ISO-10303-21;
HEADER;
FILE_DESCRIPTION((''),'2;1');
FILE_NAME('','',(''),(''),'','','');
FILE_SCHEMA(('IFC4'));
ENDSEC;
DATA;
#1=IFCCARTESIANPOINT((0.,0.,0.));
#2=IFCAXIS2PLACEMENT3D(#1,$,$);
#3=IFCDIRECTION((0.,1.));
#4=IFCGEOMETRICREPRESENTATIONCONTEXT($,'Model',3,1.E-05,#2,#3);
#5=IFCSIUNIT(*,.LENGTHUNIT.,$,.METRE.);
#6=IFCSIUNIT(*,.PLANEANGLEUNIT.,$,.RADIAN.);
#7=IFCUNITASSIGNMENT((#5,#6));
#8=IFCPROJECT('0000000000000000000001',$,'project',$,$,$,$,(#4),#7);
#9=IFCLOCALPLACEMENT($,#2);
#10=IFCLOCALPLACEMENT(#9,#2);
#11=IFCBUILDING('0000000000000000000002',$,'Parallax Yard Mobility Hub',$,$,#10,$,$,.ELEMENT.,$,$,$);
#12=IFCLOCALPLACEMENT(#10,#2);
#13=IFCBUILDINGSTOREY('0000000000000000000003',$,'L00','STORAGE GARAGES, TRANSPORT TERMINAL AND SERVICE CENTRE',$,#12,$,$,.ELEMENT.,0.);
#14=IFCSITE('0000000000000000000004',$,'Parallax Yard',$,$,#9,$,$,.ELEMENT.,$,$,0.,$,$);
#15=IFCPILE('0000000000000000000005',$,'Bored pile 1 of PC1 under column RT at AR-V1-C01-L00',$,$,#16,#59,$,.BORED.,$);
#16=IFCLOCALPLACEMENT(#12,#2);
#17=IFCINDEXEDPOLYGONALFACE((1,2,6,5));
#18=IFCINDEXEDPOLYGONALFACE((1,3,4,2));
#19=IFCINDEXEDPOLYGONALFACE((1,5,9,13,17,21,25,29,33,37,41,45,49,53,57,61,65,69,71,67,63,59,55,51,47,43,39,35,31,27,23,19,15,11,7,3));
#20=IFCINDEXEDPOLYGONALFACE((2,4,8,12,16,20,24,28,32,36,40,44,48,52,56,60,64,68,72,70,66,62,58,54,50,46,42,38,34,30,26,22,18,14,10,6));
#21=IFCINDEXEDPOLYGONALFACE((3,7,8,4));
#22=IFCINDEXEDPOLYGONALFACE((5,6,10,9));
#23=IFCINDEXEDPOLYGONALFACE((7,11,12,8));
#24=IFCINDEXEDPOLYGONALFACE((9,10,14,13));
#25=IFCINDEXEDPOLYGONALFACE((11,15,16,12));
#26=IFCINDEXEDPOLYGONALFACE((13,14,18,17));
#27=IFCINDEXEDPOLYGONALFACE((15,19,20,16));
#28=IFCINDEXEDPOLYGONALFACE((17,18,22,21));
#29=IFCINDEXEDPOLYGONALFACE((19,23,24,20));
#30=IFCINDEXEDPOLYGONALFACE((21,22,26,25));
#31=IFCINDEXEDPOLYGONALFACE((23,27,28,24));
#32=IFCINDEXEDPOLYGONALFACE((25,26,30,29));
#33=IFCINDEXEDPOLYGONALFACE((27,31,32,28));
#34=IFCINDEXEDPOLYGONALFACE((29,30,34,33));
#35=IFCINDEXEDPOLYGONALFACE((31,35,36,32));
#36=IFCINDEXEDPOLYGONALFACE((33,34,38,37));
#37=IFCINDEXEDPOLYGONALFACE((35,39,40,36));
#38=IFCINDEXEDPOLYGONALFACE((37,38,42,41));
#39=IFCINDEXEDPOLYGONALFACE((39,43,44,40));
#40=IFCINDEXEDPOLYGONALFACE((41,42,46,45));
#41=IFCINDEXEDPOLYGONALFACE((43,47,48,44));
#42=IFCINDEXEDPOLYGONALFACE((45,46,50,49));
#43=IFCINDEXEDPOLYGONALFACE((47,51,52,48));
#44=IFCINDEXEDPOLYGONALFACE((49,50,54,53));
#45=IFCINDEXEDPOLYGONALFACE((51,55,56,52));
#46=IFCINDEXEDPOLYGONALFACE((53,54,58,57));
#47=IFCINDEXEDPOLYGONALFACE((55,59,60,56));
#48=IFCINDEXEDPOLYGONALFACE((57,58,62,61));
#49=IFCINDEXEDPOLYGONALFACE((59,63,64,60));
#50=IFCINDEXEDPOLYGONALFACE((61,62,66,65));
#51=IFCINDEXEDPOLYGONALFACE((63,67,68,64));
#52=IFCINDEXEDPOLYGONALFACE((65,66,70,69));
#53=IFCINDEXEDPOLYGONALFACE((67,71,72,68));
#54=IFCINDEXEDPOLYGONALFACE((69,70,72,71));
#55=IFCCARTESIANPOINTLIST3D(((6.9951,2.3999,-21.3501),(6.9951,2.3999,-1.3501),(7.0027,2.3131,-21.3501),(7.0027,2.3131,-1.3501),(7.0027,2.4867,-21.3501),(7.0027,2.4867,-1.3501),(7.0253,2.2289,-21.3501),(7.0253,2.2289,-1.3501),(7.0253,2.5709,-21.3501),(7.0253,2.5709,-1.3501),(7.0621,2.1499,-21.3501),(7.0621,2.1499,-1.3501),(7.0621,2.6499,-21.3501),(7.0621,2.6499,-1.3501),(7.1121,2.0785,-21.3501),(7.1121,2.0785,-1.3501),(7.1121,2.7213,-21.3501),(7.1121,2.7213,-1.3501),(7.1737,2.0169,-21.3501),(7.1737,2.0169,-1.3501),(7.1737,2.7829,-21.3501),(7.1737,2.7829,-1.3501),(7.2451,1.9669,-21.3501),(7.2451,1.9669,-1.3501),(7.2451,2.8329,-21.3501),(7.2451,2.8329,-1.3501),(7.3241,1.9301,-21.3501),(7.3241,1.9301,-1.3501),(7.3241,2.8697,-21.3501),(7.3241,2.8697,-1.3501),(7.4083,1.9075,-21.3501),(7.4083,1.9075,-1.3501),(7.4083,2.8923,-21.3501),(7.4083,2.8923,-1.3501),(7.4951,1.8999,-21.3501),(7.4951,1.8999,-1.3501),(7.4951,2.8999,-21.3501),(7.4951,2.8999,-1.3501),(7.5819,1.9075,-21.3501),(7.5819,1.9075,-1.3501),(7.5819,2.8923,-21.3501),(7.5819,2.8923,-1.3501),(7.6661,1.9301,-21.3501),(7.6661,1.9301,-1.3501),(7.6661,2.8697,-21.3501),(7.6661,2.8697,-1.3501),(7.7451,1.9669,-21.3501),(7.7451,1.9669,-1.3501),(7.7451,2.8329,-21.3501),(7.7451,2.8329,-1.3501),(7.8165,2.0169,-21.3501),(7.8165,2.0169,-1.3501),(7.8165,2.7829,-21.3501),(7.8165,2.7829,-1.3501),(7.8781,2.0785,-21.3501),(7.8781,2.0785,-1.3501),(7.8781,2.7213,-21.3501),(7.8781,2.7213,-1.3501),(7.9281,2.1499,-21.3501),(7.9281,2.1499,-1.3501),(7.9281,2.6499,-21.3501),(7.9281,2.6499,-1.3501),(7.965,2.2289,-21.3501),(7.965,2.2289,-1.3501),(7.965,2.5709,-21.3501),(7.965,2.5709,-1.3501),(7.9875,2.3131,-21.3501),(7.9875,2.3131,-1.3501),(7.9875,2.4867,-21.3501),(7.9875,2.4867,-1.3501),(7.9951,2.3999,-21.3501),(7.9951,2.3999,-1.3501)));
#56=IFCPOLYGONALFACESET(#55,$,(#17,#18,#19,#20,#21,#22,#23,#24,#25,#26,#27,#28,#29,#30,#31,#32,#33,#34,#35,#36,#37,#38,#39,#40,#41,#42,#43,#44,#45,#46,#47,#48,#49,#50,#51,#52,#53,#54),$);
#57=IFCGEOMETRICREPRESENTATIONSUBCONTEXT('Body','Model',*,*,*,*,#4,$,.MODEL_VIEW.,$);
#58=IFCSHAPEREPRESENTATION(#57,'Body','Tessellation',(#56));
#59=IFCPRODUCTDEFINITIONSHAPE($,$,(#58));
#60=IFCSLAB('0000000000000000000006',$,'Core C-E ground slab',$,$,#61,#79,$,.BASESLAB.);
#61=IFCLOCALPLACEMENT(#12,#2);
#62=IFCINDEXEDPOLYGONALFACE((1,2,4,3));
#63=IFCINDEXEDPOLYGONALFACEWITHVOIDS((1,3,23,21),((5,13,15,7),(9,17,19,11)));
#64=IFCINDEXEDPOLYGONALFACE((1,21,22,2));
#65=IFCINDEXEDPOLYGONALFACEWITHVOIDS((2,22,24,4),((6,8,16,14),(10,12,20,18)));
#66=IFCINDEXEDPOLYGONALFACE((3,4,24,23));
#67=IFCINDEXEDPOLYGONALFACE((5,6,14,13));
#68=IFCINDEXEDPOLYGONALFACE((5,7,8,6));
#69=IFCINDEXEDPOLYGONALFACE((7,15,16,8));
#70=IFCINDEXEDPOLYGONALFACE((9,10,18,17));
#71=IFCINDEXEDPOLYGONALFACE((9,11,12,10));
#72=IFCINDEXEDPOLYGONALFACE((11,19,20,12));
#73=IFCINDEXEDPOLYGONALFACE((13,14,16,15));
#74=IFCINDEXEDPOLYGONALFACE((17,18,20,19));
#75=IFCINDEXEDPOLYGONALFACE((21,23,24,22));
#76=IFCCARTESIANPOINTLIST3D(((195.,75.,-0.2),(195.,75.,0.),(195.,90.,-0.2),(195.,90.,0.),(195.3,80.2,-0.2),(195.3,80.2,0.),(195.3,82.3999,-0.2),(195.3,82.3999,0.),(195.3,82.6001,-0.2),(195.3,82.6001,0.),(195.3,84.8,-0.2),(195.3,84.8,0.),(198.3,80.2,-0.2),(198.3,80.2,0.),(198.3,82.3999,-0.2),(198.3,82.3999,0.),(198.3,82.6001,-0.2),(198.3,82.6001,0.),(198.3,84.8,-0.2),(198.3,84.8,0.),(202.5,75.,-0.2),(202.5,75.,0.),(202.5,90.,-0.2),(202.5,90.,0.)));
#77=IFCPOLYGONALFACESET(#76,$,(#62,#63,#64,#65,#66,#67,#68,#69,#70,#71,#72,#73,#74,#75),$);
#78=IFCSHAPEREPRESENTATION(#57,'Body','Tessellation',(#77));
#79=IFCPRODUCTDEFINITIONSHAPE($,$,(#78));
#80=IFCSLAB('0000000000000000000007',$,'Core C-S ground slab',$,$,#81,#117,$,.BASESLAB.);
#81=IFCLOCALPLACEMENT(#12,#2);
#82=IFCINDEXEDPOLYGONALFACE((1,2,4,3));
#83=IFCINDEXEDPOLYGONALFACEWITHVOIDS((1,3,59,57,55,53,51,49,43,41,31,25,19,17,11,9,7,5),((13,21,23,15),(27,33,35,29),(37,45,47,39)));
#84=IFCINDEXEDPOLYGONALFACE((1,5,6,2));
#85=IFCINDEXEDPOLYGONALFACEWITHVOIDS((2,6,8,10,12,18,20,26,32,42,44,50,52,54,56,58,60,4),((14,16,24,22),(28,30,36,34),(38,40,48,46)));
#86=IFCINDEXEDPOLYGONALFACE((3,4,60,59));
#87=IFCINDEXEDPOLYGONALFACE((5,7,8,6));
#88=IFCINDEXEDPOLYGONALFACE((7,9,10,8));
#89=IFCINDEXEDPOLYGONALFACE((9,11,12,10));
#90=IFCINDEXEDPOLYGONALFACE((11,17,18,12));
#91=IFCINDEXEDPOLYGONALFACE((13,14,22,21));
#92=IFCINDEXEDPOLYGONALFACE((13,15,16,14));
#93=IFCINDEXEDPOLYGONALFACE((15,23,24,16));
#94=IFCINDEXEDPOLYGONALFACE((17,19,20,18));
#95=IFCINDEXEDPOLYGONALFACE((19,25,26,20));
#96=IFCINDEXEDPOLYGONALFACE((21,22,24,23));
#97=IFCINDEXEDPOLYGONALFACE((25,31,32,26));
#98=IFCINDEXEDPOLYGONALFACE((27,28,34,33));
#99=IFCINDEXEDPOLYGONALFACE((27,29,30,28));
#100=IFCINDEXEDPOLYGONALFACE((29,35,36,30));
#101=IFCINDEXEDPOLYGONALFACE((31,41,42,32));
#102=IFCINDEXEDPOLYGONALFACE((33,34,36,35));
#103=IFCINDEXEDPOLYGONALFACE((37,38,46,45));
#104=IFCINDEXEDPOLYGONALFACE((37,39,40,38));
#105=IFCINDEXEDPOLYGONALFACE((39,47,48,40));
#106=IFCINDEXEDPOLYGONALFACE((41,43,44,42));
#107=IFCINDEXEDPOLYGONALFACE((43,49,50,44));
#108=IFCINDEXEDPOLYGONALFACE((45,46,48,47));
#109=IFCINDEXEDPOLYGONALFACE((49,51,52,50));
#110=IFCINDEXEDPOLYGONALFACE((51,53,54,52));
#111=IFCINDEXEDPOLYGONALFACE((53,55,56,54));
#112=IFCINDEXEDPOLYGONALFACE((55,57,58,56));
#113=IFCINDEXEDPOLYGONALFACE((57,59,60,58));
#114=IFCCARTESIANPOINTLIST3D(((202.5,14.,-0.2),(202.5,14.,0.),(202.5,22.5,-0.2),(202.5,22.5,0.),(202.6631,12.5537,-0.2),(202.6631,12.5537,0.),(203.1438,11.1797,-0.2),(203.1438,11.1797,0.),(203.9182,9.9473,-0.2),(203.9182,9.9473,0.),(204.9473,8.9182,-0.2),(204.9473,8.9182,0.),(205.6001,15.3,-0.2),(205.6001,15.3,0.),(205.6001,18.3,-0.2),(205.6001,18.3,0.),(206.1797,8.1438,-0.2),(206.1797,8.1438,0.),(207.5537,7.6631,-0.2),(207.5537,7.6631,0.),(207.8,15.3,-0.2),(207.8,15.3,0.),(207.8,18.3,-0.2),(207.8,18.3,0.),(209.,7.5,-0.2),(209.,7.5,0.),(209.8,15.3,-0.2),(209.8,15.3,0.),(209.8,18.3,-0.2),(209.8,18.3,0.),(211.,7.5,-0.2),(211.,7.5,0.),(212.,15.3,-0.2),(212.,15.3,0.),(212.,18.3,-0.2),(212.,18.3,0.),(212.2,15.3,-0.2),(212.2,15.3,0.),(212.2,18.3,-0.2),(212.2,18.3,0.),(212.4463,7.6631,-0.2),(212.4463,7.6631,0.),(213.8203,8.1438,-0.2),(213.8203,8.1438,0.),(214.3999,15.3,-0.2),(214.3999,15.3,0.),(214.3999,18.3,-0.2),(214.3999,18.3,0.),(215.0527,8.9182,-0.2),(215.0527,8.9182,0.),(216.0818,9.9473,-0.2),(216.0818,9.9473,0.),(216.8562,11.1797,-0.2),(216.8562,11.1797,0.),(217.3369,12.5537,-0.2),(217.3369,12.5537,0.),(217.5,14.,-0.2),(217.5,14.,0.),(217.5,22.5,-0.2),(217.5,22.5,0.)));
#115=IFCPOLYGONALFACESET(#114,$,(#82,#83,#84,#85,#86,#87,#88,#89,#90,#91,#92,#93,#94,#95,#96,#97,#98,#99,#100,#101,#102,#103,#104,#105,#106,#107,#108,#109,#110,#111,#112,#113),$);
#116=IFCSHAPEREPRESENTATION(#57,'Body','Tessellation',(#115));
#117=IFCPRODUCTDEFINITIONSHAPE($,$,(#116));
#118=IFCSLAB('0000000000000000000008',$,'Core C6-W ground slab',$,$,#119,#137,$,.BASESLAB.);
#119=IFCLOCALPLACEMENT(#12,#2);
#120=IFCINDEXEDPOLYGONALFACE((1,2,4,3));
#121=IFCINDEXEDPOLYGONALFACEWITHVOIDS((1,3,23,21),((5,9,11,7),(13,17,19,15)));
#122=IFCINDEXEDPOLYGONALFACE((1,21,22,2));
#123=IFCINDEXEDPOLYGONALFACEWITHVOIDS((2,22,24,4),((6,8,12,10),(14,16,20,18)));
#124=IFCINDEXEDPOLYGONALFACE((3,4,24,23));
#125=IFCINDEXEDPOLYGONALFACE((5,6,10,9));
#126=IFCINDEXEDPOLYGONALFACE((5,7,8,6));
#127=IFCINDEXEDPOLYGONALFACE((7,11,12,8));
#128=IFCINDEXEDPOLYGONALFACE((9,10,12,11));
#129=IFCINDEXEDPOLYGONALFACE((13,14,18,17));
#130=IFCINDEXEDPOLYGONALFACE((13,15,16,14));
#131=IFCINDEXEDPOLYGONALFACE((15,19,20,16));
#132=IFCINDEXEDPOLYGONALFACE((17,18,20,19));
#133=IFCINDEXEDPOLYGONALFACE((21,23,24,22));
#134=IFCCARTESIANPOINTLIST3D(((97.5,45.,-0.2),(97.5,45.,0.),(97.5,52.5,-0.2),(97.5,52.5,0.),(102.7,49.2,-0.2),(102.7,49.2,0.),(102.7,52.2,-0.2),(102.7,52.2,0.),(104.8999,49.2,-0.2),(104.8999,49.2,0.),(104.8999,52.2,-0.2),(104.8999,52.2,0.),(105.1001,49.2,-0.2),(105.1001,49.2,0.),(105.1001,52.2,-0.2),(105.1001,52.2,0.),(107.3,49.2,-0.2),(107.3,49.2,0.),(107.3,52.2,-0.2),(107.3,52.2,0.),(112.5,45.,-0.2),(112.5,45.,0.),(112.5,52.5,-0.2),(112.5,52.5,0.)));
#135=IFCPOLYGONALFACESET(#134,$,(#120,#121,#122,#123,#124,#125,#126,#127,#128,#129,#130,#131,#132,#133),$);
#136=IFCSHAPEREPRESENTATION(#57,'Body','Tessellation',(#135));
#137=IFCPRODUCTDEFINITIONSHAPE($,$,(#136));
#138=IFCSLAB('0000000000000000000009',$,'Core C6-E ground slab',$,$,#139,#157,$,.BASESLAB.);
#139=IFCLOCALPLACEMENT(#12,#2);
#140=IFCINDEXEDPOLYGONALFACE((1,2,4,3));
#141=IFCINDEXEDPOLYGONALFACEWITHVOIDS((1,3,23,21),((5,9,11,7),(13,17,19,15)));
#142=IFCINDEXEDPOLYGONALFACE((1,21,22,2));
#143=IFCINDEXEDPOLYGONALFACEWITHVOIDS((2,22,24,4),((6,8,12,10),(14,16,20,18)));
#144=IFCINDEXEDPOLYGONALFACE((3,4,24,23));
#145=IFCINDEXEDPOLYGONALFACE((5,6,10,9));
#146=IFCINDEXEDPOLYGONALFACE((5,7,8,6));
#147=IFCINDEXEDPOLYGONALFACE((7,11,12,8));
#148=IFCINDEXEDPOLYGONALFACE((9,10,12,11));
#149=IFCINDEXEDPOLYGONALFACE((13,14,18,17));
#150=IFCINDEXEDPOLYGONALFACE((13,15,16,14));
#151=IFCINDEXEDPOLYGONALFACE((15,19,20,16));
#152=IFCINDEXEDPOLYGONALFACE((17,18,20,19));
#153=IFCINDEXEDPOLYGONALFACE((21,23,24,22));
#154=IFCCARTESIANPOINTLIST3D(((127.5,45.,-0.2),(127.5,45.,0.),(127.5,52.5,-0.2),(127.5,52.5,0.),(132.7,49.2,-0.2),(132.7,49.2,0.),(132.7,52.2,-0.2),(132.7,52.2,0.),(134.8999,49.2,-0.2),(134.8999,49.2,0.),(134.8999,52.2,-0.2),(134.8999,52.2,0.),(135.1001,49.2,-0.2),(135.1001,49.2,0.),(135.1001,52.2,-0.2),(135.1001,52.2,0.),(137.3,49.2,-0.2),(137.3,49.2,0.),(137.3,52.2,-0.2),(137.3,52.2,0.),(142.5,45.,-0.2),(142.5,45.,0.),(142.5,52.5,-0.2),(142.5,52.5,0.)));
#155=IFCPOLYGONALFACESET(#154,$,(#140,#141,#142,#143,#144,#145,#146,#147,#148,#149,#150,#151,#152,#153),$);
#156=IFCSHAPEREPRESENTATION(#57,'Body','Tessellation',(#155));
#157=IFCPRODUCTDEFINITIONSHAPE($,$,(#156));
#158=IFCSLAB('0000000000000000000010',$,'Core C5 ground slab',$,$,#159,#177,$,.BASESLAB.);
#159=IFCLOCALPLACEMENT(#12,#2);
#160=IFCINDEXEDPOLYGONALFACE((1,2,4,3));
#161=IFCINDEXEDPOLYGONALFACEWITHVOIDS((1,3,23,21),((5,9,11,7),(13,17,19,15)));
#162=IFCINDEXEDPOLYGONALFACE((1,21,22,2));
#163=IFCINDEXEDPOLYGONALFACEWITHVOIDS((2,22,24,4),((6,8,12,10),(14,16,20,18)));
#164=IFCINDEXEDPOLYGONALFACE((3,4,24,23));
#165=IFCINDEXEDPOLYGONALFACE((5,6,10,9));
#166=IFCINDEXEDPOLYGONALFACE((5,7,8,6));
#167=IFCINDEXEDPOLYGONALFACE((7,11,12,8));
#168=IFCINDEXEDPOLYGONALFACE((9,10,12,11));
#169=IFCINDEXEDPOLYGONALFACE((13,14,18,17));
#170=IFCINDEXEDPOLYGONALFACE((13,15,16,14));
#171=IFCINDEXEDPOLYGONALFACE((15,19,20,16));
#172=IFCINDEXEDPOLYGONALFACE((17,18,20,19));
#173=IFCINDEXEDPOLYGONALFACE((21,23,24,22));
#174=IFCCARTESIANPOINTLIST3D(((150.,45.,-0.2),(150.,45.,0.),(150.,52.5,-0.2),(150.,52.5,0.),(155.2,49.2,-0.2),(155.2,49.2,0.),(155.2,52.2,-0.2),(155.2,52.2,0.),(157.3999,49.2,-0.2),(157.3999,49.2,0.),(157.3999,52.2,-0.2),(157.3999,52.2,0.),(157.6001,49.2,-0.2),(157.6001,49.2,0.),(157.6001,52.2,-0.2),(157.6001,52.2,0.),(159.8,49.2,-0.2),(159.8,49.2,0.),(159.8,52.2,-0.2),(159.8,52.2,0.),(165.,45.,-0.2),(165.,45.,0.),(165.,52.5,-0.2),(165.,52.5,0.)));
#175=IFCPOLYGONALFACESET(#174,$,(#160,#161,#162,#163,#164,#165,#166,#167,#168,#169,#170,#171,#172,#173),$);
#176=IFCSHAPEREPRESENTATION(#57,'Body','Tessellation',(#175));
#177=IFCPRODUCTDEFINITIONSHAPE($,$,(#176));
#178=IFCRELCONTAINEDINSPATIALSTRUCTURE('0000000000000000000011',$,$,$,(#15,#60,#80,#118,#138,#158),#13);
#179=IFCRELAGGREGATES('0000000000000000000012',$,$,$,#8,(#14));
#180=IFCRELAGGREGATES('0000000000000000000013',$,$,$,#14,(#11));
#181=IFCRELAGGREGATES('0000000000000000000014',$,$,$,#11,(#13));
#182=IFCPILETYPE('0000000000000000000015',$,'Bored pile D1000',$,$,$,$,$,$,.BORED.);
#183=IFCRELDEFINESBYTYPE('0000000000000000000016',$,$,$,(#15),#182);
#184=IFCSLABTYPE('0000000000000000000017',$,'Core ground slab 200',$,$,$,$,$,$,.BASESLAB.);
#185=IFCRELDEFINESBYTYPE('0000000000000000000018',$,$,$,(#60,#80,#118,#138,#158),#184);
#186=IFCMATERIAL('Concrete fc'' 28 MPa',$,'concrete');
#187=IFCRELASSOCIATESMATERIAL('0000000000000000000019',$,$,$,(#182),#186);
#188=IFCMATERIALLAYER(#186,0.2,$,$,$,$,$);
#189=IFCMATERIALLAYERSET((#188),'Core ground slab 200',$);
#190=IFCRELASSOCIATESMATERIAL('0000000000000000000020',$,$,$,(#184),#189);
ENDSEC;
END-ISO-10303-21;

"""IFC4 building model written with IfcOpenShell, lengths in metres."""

from ifc_helpers import new_model, si_unit, direction, frame, origin, origin_2d, place, context, subcontext, project, spatial, polyline, circle, outline, extrude, material, layer, layer_set, material_profile, profile_set, type_object, element, save


model = new_model("IFC4")

# Units and contexts
model_context = context("Model", 3, precision=1e-05, world=origin(), true_north=direction((0.0, 1.0)))
body_context = subcontext(model_context, "Body", "Model", "MODEL_VIEW")
ifc_project = project(units=[si_unit("LENGTHUNIT", "METRE"), si_unit("PLANEANGLEUNIT", "RADIAN")], contexts=[model_context])

# Site, building, storey
site_placement = place(None, origin())
site = spatial("IfcSite", under=ifc_project, at=site_placement, Name="Parallax Yard", CompositionType="ELEMENT", RefElevation=0.0)
building_placement = place(site_placement, origin())
building = spatial("IfcBuilding", under=site, at=building_placement, Name="Parallax Yard Mobility Hub", CompositionType="ELEMENT")
storey_placement = place(building_placement, origin())
storey = spatial("IfcBuildingStorey", under=building, at=storey_placement, Name="L00", Description="STORAGE GARAGES, TRANSPORT TERMINAL AND SERVICE CENTRE", CompositionType="ELEMENT", Elevation=0.0)

# Pile
ifc_material_1 = material(Name="Concrete fc' 28 MPa", Category="concrete")
ifc_material_profile = material_profile(ifc_material_1, circle(Radius=0.5, at=origin_2d()), Name="Bored pile D1000")
ifc_profile_set = profile_set([ifc_material_profile], Name="Concrete fc' 28 MPa")
pile_type = type_object("IfcPileType", Name="Bored pile D1000", PredefinedType="BORED", material=ifc_profile_set)
pile_placement = place(storey_placement, frame((7.4951, 2.3999, -1.3501), z_axis=(0.0, 0.0, -1.0), x_axis=(1.0, 0.0, 0.0)))
element("IfcPile", 1, at=pile_placement, inside=storey, type_object=pile_type, Name="Bored pile 1 of PC1 under column RT at AR-V1-C01-L00", PredefinedType="BORED", context=body_context, shape_type="SweptSolid", body=[
    extrude(circle(Radius=0.5, at=origin_2d()), origin(), (0.0, 0.0, 1.0), 20.0),
])

# Slabs
ifc_layer_1 = layer(ifc_material_1, 0.2)
ifc_layer_set_1 = layer_set([ifc_layer_1], Name="Core ground slab 200")
slab_type_1 = type_object("IfcSlabType", Name="Core ground slab 200", PredefinedType="BASESLAB", material=ifc_layer_set_1)
slab_1_placement = place(storey_placement, frame((0.0, 0.0, -0.2)))
element("IfcSlab", 2, at=slab_1_placement, inside=storey, type_object=slab_type_1, Name="Core C-E ground slab", PredefinedType="BASESLAB", context=body_context, shape_type="SweptSolid", body=[
    extrude(outline(polyline([(195.0, 75.0), (195.0, 90.0), (202.5, 90.0), (202.5, 75.0), (195.0, 75.0)]), holes=[polyline([(195.3, 80.2), (198.3, 80.2), (198.3, 82.3999), (195.3, 82.3999), (195.3, 80.2)]), polyline([(195.3, 84.8), (195.3, 82.6001), (198.3, 82.6001), (198.3, 84.8), (195.3, 84.8)])]), origin(), (0.0, 0.0, 1.0), 0.2),
])
slab_2_placement = place(storey_placement, frame((0.0, 0.0, -0.2)))
element("IfcSlab", 3, at=slab_2_placement, inside=storey, type_object=slab_type_1, Name="Core C-S ground slab", PredefinedType="BASESLAB", context=body_context, shape_type="SweptSolid", body=[
    extrude(outline(polyline([(217.3369, 12.5537), (216.8562, 11.1797), (216.0818, 9.9473), (215.0527, 8.9182), (213.8203, 8.1438), (212.4463, 7.6631), (211.0, 7.5), (209.0, 7.5), (207.5537, 7.6631), (206.1797, 8.1438), (204.9473, 8.9182), (203.9182, 9.9473), (203.1438, 11.1797), (202.6631, 12.5537), (202.5, 14.0), (202.5, 22.5), (217.5, 22.5), (217.5, 14.0), (217.3369, 12.5537)]), holes=[polyline([(214.3999, 18.3), (212.2, 18.3), (212.2, 15.3), (214.3999, 15.3), (214.3999, 18.3)]), polyline([(212.0, 15.3), (212.0, 18.3), (209.8, 18.3), (209.8, 15.3), (212.0, 15.3)]), polyline([(205.6001, 15.3), (207.8, 15.3), (207.8, 18.3), (205.6001, 18.3), (205.6001, 15.3)])]), origin(), (0.0, 0.0, 1.0), 0.2),
])
slab_3_placement = place(storey_placement, frame((0.0, 0.0, -0.2)))
element("IfcSlab", 4, at=slab_3_placement, inside=storey, type_object=slab_type_1, Name="Core C6-W ground slab", PredefinedType="BASESLAB", context=body_context, shape_type="SweptSolid", body=[
    extrude(outline(polyline([(97.5, 52.5), (112.5, 52.5), (112.5, 45.0), (97.5, 45.0), (97.5, 52.5)]), holes=[polyline([(102.7, 52.2), (102.7, 49.2), (104.8999, 49.2), (104.8999, 52.2), (102.7, 52.2)]), polyline([(107.3, 52.2), (105.1001, 52.2), (105.1001, 49.2), (107.3, 49.2), (107.3, 52.2)])]), origin(), (0.0, 0.0, 1.0), 0.2),
])
slab_4_placement = place(storey_placement, frame((0.0, 0.0, -0.2)))
element("IfcSlab", 5, at=slab_4_placement, inside=storey, type_object=slab_type_1, Name="Core C6-E ground slab", PredefinedType="BASESLAB", context=body_context, shape_type="SweptSolid", body=[
    extrude(outline(polyline([(127.5, 52.5), (142.5, 52.5), (142.5, 45.0), (127.5, 45.0), (127.5, 52.5)]), holes=[polyline([(132.7, 52.2), (132.7, 49.2), (134.8999, 49.2), (134.8999, 52.2), (132.7, 52.2)]), polyline([(137.3, 52.2), (135.1001, 52.2), (135.1001, 49.2), (137.3, 49.2), (137.3, 52.2)])]), origin(), (0.0, 0.0, 1.0), 0.2),
])
slab_5_placement = place(storey_placement, frame((0.0, 0.0, -0.2)))
element("IfcSlab", 6, at=slab_5_placement, inside=storey, type_object=slab_type_1, Name="Core C5 ground slab", PredefinedType="BASESLAB", context=body_context, shape_type="SweptSolid", body=[
    extrude(outline(polyline([(150.0, 52.5), (165.0, 52.5), (165.0, 45.0), (150.0, 45.0), (150.0, 52.5)]), holes=[polyline([(155.2, 52.2), (155.2, 49.2), (157.3999, 49.2), (157.3999, 52.2), (155.2, 52.2)]), polyline([(159.8, 52.2), (157.6001, 52.2), (157.6001, 49.2), (159.8, 49.2), (159.8, 52.2)])]), origin(), (0.0, 0.0, 1.0), 0.2),
])

save(model, "model.ifc")
